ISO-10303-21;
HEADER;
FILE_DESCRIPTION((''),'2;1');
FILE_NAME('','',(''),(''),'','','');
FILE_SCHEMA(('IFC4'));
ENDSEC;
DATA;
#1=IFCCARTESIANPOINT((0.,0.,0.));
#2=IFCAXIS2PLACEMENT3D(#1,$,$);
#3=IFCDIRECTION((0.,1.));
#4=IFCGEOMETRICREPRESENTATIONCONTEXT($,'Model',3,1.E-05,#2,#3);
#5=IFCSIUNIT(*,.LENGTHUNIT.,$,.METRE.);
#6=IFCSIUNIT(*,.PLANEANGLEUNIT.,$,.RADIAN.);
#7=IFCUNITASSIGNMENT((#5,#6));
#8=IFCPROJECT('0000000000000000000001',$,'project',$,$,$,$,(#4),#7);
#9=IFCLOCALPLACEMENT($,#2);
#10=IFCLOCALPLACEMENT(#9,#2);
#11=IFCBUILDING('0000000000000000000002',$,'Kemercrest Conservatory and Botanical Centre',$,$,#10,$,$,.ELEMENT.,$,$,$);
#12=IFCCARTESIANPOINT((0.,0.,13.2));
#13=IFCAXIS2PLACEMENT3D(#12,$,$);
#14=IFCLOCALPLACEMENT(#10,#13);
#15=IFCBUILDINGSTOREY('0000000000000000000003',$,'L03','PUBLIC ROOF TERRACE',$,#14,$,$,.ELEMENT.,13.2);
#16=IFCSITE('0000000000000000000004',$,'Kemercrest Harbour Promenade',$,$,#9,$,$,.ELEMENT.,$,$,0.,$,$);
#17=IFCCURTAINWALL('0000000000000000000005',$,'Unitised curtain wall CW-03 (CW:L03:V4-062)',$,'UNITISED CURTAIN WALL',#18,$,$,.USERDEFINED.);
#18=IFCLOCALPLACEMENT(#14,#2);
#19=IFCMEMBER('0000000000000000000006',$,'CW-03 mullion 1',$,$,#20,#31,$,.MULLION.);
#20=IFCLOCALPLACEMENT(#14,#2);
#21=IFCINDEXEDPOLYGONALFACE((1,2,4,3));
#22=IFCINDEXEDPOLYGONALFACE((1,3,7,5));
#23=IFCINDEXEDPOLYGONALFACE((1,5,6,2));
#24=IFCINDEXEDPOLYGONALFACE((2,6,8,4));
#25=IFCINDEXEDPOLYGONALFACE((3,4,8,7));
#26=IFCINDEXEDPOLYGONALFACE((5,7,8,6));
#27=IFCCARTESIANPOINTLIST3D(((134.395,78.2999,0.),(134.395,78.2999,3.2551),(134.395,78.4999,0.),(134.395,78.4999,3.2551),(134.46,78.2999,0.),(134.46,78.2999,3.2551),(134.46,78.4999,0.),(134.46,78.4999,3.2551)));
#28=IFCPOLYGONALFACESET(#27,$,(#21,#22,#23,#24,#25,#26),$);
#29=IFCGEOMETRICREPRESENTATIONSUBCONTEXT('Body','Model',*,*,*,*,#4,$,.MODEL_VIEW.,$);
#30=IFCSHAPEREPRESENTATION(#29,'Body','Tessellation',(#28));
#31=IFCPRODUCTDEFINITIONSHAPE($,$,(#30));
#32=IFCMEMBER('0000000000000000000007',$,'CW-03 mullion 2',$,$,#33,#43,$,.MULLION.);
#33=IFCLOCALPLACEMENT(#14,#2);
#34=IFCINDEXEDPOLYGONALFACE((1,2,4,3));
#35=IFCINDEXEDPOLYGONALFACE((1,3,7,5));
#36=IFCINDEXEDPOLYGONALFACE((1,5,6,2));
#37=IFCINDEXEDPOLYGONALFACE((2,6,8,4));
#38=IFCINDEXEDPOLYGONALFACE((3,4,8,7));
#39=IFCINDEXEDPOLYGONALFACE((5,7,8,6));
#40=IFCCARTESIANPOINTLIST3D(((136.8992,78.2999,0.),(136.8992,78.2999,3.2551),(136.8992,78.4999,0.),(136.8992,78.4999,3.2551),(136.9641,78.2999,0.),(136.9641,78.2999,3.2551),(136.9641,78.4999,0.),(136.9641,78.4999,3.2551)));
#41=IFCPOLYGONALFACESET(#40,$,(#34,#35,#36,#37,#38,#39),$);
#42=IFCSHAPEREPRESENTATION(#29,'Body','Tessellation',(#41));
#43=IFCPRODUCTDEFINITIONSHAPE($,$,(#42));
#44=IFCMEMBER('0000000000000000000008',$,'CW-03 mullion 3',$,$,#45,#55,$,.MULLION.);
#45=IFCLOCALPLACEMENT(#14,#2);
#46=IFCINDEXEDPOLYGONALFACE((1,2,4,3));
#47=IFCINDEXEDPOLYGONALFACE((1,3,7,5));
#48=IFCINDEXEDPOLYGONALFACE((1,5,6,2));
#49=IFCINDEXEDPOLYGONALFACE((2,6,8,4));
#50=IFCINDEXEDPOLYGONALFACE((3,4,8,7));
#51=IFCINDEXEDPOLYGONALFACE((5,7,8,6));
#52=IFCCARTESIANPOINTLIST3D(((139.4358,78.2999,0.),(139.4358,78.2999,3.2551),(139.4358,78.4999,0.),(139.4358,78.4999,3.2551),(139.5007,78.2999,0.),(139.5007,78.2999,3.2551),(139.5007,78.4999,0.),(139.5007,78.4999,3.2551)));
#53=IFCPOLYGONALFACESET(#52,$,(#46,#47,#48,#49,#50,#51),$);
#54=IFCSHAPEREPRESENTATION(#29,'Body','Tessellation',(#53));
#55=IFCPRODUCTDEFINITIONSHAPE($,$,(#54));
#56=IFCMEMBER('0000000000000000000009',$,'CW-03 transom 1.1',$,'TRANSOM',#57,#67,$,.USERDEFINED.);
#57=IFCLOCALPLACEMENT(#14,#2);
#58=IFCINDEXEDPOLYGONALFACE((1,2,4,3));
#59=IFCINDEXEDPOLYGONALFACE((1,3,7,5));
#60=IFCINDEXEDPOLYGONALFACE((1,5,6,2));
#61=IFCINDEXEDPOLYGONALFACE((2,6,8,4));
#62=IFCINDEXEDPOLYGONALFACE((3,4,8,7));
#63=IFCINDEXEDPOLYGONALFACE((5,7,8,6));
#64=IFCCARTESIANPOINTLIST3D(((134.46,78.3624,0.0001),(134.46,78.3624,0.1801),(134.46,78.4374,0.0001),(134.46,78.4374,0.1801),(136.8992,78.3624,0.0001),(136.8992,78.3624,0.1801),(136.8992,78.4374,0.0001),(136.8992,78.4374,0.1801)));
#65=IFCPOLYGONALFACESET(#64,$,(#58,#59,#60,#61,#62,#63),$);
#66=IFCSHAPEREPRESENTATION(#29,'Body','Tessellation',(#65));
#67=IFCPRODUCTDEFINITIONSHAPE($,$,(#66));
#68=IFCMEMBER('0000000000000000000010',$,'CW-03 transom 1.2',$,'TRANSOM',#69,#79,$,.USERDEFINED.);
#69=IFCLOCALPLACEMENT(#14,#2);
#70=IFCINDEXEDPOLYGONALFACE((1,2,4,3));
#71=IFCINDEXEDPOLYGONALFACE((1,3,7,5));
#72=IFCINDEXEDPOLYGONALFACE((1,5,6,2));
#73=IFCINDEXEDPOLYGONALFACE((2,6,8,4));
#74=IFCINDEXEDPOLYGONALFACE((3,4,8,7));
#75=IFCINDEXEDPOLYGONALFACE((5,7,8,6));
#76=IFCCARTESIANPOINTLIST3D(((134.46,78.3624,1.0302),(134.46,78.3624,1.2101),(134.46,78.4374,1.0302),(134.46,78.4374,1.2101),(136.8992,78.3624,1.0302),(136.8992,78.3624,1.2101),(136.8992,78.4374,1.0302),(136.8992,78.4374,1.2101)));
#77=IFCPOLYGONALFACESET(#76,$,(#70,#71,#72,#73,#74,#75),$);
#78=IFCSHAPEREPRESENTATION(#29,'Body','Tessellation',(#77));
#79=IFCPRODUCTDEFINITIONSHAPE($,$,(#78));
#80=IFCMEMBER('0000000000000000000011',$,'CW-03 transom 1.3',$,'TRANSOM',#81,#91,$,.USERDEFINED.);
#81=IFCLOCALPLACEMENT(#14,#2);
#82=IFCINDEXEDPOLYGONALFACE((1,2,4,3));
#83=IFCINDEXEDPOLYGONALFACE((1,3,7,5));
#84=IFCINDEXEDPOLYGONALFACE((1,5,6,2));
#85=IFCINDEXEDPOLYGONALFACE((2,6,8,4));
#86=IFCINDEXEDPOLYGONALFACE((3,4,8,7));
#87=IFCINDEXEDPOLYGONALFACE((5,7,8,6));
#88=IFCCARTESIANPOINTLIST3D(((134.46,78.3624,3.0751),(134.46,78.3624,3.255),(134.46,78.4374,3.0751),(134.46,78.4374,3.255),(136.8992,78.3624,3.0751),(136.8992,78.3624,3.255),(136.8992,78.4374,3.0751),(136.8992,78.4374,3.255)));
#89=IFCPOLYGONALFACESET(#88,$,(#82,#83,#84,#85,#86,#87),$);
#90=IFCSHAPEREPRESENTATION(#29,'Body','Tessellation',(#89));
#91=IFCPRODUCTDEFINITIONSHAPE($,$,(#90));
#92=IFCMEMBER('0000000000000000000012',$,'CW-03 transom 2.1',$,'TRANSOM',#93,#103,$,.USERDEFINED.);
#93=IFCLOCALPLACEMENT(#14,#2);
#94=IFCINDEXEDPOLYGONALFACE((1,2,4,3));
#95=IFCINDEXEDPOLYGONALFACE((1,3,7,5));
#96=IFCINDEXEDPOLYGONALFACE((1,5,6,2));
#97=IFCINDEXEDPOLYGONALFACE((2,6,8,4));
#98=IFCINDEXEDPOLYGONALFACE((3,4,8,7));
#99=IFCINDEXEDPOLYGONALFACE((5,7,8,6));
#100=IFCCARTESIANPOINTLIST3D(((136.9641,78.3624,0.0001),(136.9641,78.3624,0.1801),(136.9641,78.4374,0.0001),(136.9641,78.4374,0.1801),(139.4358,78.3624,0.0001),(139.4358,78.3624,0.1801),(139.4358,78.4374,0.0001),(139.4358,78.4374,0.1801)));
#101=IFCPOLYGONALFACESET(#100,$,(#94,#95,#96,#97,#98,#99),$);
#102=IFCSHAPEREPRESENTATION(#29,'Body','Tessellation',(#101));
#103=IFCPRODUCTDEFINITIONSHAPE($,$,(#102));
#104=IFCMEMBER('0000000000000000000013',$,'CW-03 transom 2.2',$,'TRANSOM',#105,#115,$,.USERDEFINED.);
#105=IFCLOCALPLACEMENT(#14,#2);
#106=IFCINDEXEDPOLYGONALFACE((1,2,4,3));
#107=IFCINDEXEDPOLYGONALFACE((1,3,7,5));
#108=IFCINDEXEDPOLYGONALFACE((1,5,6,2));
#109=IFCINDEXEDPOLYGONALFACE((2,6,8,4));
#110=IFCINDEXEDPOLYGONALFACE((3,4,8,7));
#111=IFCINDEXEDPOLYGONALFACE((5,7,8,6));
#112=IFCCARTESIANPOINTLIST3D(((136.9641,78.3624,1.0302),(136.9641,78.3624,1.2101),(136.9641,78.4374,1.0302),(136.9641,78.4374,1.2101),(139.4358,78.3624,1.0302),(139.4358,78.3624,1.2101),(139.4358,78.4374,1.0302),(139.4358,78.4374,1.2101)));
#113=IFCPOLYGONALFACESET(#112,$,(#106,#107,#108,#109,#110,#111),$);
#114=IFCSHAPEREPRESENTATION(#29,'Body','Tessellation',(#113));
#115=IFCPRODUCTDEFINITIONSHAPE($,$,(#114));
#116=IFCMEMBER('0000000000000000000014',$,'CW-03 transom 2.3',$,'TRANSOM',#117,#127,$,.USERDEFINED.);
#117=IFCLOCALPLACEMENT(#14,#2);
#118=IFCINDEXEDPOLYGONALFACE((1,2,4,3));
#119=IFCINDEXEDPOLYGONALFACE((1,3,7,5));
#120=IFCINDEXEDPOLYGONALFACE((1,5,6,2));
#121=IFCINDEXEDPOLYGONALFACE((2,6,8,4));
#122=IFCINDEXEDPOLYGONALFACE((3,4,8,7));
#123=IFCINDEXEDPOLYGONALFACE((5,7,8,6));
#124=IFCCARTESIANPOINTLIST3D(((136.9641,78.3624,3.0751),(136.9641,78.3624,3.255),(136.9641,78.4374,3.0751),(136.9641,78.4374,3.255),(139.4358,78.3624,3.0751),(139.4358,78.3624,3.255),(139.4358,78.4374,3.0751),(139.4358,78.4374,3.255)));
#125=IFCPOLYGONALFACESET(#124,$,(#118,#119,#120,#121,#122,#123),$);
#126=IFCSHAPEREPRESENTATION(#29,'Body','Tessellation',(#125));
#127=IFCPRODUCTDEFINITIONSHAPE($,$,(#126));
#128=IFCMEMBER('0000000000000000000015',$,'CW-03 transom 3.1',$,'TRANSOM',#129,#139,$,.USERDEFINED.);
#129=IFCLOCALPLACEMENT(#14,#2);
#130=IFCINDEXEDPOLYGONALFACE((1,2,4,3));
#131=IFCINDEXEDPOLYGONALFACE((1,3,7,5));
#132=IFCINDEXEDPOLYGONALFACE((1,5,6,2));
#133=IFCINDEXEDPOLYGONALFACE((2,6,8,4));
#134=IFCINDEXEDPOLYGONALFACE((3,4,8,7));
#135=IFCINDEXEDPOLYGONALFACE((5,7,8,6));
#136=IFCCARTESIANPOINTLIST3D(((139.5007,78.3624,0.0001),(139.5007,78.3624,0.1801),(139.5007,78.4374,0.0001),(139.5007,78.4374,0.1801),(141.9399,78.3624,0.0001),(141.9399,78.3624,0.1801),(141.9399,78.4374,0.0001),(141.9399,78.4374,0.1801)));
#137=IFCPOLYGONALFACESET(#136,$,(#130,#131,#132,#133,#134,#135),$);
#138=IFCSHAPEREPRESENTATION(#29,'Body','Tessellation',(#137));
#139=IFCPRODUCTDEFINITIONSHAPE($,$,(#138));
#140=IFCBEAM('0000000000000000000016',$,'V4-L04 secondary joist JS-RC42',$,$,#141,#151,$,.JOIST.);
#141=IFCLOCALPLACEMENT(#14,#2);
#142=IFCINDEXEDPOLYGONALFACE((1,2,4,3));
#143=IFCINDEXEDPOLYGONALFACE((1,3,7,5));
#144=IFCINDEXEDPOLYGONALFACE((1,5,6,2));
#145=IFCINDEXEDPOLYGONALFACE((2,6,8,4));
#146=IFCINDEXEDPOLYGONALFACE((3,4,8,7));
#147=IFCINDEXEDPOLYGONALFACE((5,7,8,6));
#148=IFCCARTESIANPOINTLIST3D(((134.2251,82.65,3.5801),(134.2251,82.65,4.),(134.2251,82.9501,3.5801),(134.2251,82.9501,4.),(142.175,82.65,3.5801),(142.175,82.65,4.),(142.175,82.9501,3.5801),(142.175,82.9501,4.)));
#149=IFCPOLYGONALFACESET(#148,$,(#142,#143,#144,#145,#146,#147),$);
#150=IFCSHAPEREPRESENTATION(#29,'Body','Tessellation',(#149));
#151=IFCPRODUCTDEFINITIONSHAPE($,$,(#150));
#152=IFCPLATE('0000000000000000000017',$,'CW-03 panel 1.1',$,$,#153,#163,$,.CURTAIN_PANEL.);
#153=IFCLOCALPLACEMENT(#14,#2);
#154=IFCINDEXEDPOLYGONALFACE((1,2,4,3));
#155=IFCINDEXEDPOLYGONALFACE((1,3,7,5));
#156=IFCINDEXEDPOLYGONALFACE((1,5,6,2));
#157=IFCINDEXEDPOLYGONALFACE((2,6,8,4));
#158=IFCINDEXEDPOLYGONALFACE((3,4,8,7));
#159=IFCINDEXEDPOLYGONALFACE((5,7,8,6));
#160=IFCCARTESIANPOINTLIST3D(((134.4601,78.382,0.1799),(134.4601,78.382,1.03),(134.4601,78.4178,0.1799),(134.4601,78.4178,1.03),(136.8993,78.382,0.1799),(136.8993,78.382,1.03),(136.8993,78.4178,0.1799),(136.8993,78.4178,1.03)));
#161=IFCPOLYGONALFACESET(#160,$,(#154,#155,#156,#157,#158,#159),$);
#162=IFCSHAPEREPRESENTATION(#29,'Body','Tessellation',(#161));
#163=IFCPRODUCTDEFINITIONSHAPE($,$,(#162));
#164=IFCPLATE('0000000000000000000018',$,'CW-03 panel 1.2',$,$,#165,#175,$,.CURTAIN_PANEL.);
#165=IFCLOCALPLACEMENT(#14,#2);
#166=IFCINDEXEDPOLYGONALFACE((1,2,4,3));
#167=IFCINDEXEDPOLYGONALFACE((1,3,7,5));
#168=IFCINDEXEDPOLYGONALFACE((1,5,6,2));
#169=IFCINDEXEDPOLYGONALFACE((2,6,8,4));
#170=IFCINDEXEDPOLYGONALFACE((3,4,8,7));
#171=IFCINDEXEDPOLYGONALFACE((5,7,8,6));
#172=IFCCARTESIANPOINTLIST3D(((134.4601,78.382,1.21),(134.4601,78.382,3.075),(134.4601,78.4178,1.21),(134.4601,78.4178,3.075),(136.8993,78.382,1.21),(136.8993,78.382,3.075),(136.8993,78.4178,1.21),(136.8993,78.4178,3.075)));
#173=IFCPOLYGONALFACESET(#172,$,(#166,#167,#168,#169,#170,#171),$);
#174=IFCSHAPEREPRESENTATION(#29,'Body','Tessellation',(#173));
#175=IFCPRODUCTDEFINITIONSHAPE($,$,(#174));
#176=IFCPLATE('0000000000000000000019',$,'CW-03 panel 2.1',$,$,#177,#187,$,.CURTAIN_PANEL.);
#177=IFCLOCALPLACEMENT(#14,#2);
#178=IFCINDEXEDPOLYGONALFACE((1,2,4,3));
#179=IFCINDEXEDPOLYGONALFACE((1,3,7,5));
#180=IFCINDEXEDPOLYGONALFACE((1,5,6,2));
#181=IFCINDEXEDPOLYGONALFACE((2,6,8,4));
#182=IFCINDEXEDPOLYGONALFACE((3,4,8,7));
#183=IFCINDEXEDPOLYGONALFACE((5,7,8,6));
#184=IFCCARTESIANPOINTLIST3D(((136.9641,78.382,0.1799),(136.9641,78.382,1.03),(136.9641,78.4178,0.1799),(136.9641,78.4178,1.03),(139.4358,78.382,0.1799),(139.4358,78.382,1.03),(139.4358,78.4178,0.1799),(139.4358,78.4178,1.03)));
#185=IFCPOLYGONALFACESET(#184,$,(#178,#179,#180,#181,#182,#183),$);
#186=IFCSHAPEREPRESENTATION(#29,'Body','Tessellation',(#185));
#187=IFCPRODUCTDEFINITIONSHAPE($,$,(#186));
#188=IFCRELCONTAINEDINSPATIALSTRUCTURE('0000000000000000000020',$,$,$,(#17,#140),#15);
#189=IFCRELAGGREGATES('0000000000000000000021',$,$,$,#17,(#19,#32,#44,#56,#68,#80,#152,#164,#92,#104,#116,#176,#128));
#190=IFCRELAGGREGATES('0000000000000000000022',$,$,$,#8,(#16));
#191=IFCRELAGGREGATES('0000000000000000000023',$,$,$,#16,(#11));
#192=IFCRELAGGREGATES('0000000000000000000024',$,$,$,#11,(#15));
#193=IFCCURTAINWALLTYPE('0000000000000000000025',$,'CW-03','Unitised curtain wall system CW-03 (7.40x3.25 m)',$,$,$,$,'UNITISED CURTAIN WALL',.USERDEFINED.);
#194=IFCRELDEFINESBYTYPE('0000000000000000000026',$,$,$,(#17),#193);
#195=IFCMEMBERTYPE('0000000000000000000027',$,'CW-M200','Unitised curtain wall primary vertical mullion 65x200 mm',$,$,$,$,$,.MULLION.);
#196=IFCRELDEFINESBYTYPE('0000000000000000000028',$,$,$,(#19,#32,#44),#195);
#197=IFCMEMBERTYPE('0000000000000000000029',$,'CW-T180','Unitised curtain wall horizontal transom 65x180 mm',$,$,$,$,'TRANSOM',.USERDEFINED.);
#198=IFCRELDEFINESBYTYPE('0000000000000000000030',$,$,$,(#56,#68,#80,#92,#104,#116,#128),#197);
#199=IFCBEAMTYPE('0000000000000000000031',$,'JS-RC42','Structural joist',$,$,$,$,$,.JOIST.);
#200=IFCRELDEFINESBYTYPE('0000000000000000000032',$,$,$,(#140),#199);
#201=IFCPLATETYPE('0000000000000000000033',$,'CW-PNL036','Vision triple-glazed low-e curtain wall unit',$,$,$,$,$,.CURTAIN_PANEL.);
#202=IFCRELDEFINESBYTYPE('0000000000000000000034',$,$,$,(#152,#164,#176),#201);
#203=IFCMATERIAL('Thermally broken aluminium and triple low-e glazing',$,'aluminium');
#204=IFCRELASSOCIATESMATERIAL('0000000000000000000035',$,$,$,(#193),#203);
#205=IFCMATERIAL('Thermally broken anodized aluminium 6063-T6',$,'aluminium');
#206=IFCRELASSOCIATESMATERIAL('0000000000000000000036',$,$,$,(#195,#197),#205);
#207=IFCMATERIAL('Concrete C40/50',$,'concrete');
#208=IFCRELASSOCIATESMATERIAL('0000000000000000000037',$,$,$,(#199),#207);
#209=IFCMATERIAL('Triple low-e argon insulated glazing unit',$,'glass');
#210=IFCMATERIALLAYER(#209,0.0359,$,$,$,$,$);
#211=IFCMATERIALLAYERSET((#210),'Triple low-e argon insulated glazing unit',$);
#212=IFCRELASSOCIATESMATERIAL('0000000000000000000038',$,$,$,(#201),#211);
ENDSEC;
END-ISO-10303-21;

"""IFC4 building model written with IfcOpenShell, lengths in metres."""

from ifc_helpers import new_model, si_unit, direction, frame, origin, origin_2d, place, context, subcontext, project, spatial, rectangle, extrude, material, layer, layer_set, material_profile, profile_set, type_object, element, aggregate, save


model = new_model("IFC4")

# Units and contexts
model_context = context("Model", 3, precision=1e-05, world=origin(), true_north=direction((0.0, 1.0)))
body_context = subcontext(model_context, "Body", "Model", "MODEL_VIEW")
ifc_project = project(units=[si_unit("LENGTHUNIT", "METRE"), si_unit("PLANEANGLEUNIT", "RADIAN")], contexts=[model_context])

# Site, building, storey
site_placement = place(None, origin())
site = spatial("IfcSite", under=ifc_project, at=site_placement, Name="Kemercrest Harbour Promenade", CompositionType="ELEMENT", RefElevation=0.0)
building_placement = place(site_placement, origin())
building = spatial("IfcBuilding", under=site, at=building_placement, Name="Kemercrest Conservatory and Botanical Centre", CompositionType="ELEMENT")
storey_placement = place(building_placement, frame((0.0, 0.0, 13.2)))
storey = spatial("IfcBuildingStorey", under=building, at=storey_placement, Name="L03", Description="PUBLIC ROOF TERRACE", CompositionType="ELEMENT", Elevation=13.2)

# Curtain wall, members
ifc_material_1 = material(Name="Thermally broken aluminium and triple low-e glazing", Category="aluminium")
curtain_wall_type = type_object("IfcCurtainWallType", Name="CW-03", Description="Unitised curtain wall system CW-03 (7.40x3.25 m)", ElementType="UNITISED CURTAIN WALL", PredefinedType="USERDEFINED", material=ifc_material_1)
curtain_wall_placement = place(storey_placement, origin())
curtain_wall = element("IfcCurtainWall", 1, at=curtain_wall_placement, inside=storey, type_object=curtain_wall_type, Name="Unitised curtain wall CW-03 (CW:L03:V4-062)", ObjectType="UNITISED CURTAIN WALL", PredefinedType="USERDEFINED")
ifc_material_2 = material(Name="Thermally broken anodized aluminium 6063-T6", Category="aluminium")
ifc_material_profile_1 = material_profile(ifc_material_2, rectangle(XDim=0.2, YDim=0.0649, at=origin_2d()), Name="AL MULLION 65x200")
ifc_profile_set_1 = profile_set([ifc_material_profile_1], Name="Thermally broken anodized aluminium 6063-T6")
member_type_1 = type_object("IfcMemberType", Name="CW-M200", Description="Unitised curtain wall primary vertical mullion 65x200 mm", PredefinedType="MULLION", material=ifc_profile_set_1)
member_1_placement = place(storey_placement, frame((134.4275, 78.3999, 0.0), z_axis=(0.0, 0.0, 1.0), x_axis=(0.0, 1.0, 0.0)))
member_1 = element("IfcMember", 2, at=member_1_placement, type_object=member_type_1, Name="CW-03 mullion 1", PredefinedType="MULLION", context=body_context, shape_type="SweptSolid", body=[
    extrude(rectangle(XDim=0.2, YDim=0.0649, at=origin_2d()), origin(), (0.0, 0.0, 1.0), 3.2551),
])
member_2_placement = place(storey_placement, frame((136.9316, 78.3999, 0.0), z_axis=(0.0, 0.0, 1.0), x_axis=(0.0, 1.0, 0.0)))
member_2 = element("IfcMember", 3, at=member_2_placement, type_object=member_type_1, Name="CW-03 mullion 2", PredefinedType="MULLION", context=body_context, shape_type="SweptSolid", body=[
    extrude(rectangle(XDim=0.2, YDim=0.0649, at=origin_2d()), origin(), (0.0, 0.0, 1.0), 3.2551),
])
member_3_placement = place(storey_placement, frame((139.4683, 78.3999, 0.0), z_axis=(0.0, 0.0, 1.0), x_axis=(0.0, 1.0, 0.0)))
member_3 = element("IfcMember", 4, at=member_3_placement, type_object=member_type_1, Name="CW-03 mullion 3", PredefinedType="MULLION", context=body_context, shape_type="SweptSolid", body=[
    extrude(rectangle(XDim=0.2, YDim=0.0649, at=origin_2d()), origin(), (0.0, 0.0, 1.0), 3.2551),
])
ifc_material_profile_2 = material_profile(ifc_material_2, rectangle(XDim=0.075, YDim=0.1799, at=origin_2d()), Name="AL TRANSOM 75x180")
ifc_profile_set_2 = profile_set([ifc_material_profile_2], Name="Thermally broken anodized aluminium 6063-T6")
member_type_2 = type_object("IfcMemberType", Name="CW-T180", Description="Unitised curtain wall horizontal transom 65x180 mm", ElementType="TRANSOM", PredefinedType="USERDEFINED", material=ifc_profile_set_2)
member_4_placement = place(storey_placement, frame((134.46, 78.3999, 0.0901), z_axis=(1.0, 0.0, 0.0), x_axis=(0.0, 1.0, 0.0)))
member_4 = element("IfcMember", 5, at=member_4_placement, type_object=member_type_2, Name="CW-03 transom 1.1", ObjectType="TRANSOM", PredefinedType="USERDEFINED", context=body_context, shape_type="SweptSolid", body=[
    extrude(rectangle(XDim=0.075, YDim=0.1799, at=origin_2d()), origin(), (0.0, 0.0, 1.0), 2.4392),
])
member_5_placement = place(storey_placement, frame((134.46, 78.3999, 1.1201), z_axis=(1.0, 0.0, 0.0), x_axis=(0.0, 1.0, 0.0)))
member_5 = element("IfcMember", 6, at=member_5_placement, type_object=member_type_2, Name="CW-03 transom 1.2", ObjectType="TRANSOM", PredefinedType="USERDEFINED", context=body_context, shape_type="SweptSolid", body=[
    extrude(rectangle(XDim=0.075, YDim=0.1799, at=origin_2d()), origin(), (0.0, 0.0, 1.0), 2.4392),
])
member_6_placement = place(storey_placement, frame((134.46, 78.3999, 3.165), z_axis=(1.0, 0.0, 0.0), x_axis=(0.0, 1.0, 0.0)))
member_6 = element("IfcMember", 7, at=member_6_placement, type_object=member_type_2, Name="CW-03 transom 1.3", ObjectType="TRANSOM", PredefinedType="USERDEFINED", context=body_context, shape_type="SweptSolid", body=[
    extrude(rectangle(XDim=0.075, YDim=0.1799, at=origin_2d()), origin(), (0.0, 0.0, 1.0), 2.4392),
])
member_7_placement = place(storey_placement, frame((136.9641, 78.3999, 0.0901), z_axis=(1.0, 0.0, 0.0), x_axis=(0.0, 1.0, 0.0)))
member_7 = element("IfcMember", 8, at=member_7_placement, type_object=member_type_2, Name="CW-03 transom 2.1", ObjectType="TRANSOM", PredefinedType="USERDEFINED", context=body_context, shape_type="SweptSolid", body=[
    extrude(rectangle(XDim=0.075, YDim=0.1799, at=origin_2d()), origin(), (0.0, 0.0, 1.0), 2.4717),
])
member_8_placement = place(storey_placement, frame((136.9641, 78.3999, 1.1201), z_axis=(1.0, 0.0, 0.0), x_axis=(0.0, 1.0, 0.0)))
member_8 = element("IfcMember", 9, at=member_8_placement, type_object=member_type_2, Name="CW-03 transom 2.2", ObjectType="TRANSOM", PredefinedType="USERDEFINED", context=body_context, shape_type="SweptSolid", body=[
    extrude(rectangle(XDim=0.075, YDim=0.1799, at=origin_2d()), origin(), (0.0, 0.0, 1.0), 2.4717),
])
member_9_placement = place(storey_placement, frame((136.9641, 78.3999, 3.165), z_axis=(1.0, 0.0, 0.0), x_axis=(0.0, 1.0, 0.0)))
member_9 = element("IfcMember", 10, at=member_9_placement, type_object=member_type_2, Name="CW-03 transom 2.3", ObjectType="TRANSOM", PredefinedType="USERDEFINED", context=body_context, shape_type="SweptSolid", body=[
    extrude(rectangle(XDim=0.075, YDim=0.1799, at=origin_2d()), origin(), (0.0, 0.0, 1.0), 2.4717),
])
member_10_placement = place(storey_placement, frame((139.5007, 78.3999, 0.0901), z_axis=(1.0, 0.0, 0.0), x_axis=(0.0, 1.0, 0.0)))
member_10 = element("IfcMember", 11, at=member_10_placement, type_object=member_type_2, Name="CW-03 transom 3.1", ObjectType="TRANSOM", PredefinedType="USERDEFINED", context=body_context, shape_type="SweptSolid", body=[
    extrude(rectangle(XDim=0.075, YDim=0.1799, at=origin_2d()), origin(), (0.0, 0.0, 1.0), 2.4392),
])

# Beam
ifc_material_3 = material(Name="Concrete C40/50", Category="concrete")
ifc_material_profile_3 = material_profile(ifc_material_3, rectangle(XDim=0.3, YDim=0.4199, at=origin_2d()), Name="RC 300x420")
ifc_profile_set_3 = profile_set([ifc_material_profile_3], Name="Concrete C40/50")
beam_type = type_object("IfcBeamType", Name="JS-RC42", Description="Structural joist", PredefinedType="JOIST", material=ifc_profile_set_3)
beam_placement = place(storey_placement, frame((134.2251, 82.8, 3.79), z_axis=(1.0, 0.0, 0.0), x_axis=(0.0, 1.0, 0.0)))
element("IfcBeam", 12, at=beam_placement, inside=storey, type_object=beam_type, Name="V4-L04 secondary joist JS-RC42", PredefinedType="JOIST", context=body_context, shape_type="SweptSolid", body=[
    extrude(rectangle(XDim=0.3, YDim=0.4199, at=origin_2d()), origin(), (0.0, 0.0, 1.0), 7.95),
])

# Plates
ifc_material_4 = material(Name="Triple low-e argon insulated glazing unit", Category="glass")
ifc_layer_1 = layer(ifc_material_4, 0.0359)
ifc_layer_set_1 = layer_set([ifc_layer_1], Name="Triple low-e argon insulated glazing unit")
plate_type = type_object("IfcPlateType", Name="CW-PNL036", Description="Vision triple-glazed low-e curtain wall unit", PredefinedType="CURTAIN_PANEL", material=ifc_layer_set_1)
plate_1_placement = place(storey_placement, frame((135.6797, 78.3999, 0.1799), z_axis=(0.0, 0.0, 1.0), x_axis=(1.0, 0.0, 0.0)))
plate_1 = element("IfcPlate", 13, at=plate_1_placement, type_object=plate_type, Name="CW-03 panel 1.1", PredefinedType="CURTAIN_PANEL", context=body_context, shape_type="SweptSolid", body=[
    extrude(rectangle(XDim=2.4392, YDim=0.0359, at=origin_2d()), origin(), (0.0, 0.0, 1.0), 0.8501),
])
plate_2_placement = place(storey_placement, frame((135.6797, 78.3999, 1.21), z_axis=(0.0, 0.0, 1.0), x_axis=(1.0, 0.0, 0.0)))
plate_2 = element("IfcPlate", 14, at=plate_2_placement, type_object=plate_type, Name="CW-03 panel 1.2", PredefinedType="CURTAIN_PANEL", context=body_context, shape_type="SweptSolid", body=[
    extrude(rectangle(XDim=2.4392, YDim=0.0359, at=origin_2d()), origin(), (0.0, 0.0, 1.0), 1.865),
])
plate_3_placement = place(storey_placement, frame((138.2, 78.3999, 0.1799), z_axis=(0.0, 0.0, 1.0), x_axis=(1.0, 0.0, 0.0)))
plate_3 = element("IfcPlate", 15, at=plate_3_placement, type_object=plate_type, Name="CW-03 panel 2.1", PredefinedType="CURTAIN_PANEL", context=body_context, shape_type="SweptSolid", body=[
    extrude(rectangle(XDim=2.4717, YDim=0.0359, at=origin_2d()), origin(), (0.0, 0.0, 1.0), 0.8501),
])
aggregate(curtain_wall, [member_1, member_2, member_3, member_4, member_5, member_6, plate_1, plate_2, member_7, member_8, member_9, plate_3, member_10])

save(model, "model.ifc")
